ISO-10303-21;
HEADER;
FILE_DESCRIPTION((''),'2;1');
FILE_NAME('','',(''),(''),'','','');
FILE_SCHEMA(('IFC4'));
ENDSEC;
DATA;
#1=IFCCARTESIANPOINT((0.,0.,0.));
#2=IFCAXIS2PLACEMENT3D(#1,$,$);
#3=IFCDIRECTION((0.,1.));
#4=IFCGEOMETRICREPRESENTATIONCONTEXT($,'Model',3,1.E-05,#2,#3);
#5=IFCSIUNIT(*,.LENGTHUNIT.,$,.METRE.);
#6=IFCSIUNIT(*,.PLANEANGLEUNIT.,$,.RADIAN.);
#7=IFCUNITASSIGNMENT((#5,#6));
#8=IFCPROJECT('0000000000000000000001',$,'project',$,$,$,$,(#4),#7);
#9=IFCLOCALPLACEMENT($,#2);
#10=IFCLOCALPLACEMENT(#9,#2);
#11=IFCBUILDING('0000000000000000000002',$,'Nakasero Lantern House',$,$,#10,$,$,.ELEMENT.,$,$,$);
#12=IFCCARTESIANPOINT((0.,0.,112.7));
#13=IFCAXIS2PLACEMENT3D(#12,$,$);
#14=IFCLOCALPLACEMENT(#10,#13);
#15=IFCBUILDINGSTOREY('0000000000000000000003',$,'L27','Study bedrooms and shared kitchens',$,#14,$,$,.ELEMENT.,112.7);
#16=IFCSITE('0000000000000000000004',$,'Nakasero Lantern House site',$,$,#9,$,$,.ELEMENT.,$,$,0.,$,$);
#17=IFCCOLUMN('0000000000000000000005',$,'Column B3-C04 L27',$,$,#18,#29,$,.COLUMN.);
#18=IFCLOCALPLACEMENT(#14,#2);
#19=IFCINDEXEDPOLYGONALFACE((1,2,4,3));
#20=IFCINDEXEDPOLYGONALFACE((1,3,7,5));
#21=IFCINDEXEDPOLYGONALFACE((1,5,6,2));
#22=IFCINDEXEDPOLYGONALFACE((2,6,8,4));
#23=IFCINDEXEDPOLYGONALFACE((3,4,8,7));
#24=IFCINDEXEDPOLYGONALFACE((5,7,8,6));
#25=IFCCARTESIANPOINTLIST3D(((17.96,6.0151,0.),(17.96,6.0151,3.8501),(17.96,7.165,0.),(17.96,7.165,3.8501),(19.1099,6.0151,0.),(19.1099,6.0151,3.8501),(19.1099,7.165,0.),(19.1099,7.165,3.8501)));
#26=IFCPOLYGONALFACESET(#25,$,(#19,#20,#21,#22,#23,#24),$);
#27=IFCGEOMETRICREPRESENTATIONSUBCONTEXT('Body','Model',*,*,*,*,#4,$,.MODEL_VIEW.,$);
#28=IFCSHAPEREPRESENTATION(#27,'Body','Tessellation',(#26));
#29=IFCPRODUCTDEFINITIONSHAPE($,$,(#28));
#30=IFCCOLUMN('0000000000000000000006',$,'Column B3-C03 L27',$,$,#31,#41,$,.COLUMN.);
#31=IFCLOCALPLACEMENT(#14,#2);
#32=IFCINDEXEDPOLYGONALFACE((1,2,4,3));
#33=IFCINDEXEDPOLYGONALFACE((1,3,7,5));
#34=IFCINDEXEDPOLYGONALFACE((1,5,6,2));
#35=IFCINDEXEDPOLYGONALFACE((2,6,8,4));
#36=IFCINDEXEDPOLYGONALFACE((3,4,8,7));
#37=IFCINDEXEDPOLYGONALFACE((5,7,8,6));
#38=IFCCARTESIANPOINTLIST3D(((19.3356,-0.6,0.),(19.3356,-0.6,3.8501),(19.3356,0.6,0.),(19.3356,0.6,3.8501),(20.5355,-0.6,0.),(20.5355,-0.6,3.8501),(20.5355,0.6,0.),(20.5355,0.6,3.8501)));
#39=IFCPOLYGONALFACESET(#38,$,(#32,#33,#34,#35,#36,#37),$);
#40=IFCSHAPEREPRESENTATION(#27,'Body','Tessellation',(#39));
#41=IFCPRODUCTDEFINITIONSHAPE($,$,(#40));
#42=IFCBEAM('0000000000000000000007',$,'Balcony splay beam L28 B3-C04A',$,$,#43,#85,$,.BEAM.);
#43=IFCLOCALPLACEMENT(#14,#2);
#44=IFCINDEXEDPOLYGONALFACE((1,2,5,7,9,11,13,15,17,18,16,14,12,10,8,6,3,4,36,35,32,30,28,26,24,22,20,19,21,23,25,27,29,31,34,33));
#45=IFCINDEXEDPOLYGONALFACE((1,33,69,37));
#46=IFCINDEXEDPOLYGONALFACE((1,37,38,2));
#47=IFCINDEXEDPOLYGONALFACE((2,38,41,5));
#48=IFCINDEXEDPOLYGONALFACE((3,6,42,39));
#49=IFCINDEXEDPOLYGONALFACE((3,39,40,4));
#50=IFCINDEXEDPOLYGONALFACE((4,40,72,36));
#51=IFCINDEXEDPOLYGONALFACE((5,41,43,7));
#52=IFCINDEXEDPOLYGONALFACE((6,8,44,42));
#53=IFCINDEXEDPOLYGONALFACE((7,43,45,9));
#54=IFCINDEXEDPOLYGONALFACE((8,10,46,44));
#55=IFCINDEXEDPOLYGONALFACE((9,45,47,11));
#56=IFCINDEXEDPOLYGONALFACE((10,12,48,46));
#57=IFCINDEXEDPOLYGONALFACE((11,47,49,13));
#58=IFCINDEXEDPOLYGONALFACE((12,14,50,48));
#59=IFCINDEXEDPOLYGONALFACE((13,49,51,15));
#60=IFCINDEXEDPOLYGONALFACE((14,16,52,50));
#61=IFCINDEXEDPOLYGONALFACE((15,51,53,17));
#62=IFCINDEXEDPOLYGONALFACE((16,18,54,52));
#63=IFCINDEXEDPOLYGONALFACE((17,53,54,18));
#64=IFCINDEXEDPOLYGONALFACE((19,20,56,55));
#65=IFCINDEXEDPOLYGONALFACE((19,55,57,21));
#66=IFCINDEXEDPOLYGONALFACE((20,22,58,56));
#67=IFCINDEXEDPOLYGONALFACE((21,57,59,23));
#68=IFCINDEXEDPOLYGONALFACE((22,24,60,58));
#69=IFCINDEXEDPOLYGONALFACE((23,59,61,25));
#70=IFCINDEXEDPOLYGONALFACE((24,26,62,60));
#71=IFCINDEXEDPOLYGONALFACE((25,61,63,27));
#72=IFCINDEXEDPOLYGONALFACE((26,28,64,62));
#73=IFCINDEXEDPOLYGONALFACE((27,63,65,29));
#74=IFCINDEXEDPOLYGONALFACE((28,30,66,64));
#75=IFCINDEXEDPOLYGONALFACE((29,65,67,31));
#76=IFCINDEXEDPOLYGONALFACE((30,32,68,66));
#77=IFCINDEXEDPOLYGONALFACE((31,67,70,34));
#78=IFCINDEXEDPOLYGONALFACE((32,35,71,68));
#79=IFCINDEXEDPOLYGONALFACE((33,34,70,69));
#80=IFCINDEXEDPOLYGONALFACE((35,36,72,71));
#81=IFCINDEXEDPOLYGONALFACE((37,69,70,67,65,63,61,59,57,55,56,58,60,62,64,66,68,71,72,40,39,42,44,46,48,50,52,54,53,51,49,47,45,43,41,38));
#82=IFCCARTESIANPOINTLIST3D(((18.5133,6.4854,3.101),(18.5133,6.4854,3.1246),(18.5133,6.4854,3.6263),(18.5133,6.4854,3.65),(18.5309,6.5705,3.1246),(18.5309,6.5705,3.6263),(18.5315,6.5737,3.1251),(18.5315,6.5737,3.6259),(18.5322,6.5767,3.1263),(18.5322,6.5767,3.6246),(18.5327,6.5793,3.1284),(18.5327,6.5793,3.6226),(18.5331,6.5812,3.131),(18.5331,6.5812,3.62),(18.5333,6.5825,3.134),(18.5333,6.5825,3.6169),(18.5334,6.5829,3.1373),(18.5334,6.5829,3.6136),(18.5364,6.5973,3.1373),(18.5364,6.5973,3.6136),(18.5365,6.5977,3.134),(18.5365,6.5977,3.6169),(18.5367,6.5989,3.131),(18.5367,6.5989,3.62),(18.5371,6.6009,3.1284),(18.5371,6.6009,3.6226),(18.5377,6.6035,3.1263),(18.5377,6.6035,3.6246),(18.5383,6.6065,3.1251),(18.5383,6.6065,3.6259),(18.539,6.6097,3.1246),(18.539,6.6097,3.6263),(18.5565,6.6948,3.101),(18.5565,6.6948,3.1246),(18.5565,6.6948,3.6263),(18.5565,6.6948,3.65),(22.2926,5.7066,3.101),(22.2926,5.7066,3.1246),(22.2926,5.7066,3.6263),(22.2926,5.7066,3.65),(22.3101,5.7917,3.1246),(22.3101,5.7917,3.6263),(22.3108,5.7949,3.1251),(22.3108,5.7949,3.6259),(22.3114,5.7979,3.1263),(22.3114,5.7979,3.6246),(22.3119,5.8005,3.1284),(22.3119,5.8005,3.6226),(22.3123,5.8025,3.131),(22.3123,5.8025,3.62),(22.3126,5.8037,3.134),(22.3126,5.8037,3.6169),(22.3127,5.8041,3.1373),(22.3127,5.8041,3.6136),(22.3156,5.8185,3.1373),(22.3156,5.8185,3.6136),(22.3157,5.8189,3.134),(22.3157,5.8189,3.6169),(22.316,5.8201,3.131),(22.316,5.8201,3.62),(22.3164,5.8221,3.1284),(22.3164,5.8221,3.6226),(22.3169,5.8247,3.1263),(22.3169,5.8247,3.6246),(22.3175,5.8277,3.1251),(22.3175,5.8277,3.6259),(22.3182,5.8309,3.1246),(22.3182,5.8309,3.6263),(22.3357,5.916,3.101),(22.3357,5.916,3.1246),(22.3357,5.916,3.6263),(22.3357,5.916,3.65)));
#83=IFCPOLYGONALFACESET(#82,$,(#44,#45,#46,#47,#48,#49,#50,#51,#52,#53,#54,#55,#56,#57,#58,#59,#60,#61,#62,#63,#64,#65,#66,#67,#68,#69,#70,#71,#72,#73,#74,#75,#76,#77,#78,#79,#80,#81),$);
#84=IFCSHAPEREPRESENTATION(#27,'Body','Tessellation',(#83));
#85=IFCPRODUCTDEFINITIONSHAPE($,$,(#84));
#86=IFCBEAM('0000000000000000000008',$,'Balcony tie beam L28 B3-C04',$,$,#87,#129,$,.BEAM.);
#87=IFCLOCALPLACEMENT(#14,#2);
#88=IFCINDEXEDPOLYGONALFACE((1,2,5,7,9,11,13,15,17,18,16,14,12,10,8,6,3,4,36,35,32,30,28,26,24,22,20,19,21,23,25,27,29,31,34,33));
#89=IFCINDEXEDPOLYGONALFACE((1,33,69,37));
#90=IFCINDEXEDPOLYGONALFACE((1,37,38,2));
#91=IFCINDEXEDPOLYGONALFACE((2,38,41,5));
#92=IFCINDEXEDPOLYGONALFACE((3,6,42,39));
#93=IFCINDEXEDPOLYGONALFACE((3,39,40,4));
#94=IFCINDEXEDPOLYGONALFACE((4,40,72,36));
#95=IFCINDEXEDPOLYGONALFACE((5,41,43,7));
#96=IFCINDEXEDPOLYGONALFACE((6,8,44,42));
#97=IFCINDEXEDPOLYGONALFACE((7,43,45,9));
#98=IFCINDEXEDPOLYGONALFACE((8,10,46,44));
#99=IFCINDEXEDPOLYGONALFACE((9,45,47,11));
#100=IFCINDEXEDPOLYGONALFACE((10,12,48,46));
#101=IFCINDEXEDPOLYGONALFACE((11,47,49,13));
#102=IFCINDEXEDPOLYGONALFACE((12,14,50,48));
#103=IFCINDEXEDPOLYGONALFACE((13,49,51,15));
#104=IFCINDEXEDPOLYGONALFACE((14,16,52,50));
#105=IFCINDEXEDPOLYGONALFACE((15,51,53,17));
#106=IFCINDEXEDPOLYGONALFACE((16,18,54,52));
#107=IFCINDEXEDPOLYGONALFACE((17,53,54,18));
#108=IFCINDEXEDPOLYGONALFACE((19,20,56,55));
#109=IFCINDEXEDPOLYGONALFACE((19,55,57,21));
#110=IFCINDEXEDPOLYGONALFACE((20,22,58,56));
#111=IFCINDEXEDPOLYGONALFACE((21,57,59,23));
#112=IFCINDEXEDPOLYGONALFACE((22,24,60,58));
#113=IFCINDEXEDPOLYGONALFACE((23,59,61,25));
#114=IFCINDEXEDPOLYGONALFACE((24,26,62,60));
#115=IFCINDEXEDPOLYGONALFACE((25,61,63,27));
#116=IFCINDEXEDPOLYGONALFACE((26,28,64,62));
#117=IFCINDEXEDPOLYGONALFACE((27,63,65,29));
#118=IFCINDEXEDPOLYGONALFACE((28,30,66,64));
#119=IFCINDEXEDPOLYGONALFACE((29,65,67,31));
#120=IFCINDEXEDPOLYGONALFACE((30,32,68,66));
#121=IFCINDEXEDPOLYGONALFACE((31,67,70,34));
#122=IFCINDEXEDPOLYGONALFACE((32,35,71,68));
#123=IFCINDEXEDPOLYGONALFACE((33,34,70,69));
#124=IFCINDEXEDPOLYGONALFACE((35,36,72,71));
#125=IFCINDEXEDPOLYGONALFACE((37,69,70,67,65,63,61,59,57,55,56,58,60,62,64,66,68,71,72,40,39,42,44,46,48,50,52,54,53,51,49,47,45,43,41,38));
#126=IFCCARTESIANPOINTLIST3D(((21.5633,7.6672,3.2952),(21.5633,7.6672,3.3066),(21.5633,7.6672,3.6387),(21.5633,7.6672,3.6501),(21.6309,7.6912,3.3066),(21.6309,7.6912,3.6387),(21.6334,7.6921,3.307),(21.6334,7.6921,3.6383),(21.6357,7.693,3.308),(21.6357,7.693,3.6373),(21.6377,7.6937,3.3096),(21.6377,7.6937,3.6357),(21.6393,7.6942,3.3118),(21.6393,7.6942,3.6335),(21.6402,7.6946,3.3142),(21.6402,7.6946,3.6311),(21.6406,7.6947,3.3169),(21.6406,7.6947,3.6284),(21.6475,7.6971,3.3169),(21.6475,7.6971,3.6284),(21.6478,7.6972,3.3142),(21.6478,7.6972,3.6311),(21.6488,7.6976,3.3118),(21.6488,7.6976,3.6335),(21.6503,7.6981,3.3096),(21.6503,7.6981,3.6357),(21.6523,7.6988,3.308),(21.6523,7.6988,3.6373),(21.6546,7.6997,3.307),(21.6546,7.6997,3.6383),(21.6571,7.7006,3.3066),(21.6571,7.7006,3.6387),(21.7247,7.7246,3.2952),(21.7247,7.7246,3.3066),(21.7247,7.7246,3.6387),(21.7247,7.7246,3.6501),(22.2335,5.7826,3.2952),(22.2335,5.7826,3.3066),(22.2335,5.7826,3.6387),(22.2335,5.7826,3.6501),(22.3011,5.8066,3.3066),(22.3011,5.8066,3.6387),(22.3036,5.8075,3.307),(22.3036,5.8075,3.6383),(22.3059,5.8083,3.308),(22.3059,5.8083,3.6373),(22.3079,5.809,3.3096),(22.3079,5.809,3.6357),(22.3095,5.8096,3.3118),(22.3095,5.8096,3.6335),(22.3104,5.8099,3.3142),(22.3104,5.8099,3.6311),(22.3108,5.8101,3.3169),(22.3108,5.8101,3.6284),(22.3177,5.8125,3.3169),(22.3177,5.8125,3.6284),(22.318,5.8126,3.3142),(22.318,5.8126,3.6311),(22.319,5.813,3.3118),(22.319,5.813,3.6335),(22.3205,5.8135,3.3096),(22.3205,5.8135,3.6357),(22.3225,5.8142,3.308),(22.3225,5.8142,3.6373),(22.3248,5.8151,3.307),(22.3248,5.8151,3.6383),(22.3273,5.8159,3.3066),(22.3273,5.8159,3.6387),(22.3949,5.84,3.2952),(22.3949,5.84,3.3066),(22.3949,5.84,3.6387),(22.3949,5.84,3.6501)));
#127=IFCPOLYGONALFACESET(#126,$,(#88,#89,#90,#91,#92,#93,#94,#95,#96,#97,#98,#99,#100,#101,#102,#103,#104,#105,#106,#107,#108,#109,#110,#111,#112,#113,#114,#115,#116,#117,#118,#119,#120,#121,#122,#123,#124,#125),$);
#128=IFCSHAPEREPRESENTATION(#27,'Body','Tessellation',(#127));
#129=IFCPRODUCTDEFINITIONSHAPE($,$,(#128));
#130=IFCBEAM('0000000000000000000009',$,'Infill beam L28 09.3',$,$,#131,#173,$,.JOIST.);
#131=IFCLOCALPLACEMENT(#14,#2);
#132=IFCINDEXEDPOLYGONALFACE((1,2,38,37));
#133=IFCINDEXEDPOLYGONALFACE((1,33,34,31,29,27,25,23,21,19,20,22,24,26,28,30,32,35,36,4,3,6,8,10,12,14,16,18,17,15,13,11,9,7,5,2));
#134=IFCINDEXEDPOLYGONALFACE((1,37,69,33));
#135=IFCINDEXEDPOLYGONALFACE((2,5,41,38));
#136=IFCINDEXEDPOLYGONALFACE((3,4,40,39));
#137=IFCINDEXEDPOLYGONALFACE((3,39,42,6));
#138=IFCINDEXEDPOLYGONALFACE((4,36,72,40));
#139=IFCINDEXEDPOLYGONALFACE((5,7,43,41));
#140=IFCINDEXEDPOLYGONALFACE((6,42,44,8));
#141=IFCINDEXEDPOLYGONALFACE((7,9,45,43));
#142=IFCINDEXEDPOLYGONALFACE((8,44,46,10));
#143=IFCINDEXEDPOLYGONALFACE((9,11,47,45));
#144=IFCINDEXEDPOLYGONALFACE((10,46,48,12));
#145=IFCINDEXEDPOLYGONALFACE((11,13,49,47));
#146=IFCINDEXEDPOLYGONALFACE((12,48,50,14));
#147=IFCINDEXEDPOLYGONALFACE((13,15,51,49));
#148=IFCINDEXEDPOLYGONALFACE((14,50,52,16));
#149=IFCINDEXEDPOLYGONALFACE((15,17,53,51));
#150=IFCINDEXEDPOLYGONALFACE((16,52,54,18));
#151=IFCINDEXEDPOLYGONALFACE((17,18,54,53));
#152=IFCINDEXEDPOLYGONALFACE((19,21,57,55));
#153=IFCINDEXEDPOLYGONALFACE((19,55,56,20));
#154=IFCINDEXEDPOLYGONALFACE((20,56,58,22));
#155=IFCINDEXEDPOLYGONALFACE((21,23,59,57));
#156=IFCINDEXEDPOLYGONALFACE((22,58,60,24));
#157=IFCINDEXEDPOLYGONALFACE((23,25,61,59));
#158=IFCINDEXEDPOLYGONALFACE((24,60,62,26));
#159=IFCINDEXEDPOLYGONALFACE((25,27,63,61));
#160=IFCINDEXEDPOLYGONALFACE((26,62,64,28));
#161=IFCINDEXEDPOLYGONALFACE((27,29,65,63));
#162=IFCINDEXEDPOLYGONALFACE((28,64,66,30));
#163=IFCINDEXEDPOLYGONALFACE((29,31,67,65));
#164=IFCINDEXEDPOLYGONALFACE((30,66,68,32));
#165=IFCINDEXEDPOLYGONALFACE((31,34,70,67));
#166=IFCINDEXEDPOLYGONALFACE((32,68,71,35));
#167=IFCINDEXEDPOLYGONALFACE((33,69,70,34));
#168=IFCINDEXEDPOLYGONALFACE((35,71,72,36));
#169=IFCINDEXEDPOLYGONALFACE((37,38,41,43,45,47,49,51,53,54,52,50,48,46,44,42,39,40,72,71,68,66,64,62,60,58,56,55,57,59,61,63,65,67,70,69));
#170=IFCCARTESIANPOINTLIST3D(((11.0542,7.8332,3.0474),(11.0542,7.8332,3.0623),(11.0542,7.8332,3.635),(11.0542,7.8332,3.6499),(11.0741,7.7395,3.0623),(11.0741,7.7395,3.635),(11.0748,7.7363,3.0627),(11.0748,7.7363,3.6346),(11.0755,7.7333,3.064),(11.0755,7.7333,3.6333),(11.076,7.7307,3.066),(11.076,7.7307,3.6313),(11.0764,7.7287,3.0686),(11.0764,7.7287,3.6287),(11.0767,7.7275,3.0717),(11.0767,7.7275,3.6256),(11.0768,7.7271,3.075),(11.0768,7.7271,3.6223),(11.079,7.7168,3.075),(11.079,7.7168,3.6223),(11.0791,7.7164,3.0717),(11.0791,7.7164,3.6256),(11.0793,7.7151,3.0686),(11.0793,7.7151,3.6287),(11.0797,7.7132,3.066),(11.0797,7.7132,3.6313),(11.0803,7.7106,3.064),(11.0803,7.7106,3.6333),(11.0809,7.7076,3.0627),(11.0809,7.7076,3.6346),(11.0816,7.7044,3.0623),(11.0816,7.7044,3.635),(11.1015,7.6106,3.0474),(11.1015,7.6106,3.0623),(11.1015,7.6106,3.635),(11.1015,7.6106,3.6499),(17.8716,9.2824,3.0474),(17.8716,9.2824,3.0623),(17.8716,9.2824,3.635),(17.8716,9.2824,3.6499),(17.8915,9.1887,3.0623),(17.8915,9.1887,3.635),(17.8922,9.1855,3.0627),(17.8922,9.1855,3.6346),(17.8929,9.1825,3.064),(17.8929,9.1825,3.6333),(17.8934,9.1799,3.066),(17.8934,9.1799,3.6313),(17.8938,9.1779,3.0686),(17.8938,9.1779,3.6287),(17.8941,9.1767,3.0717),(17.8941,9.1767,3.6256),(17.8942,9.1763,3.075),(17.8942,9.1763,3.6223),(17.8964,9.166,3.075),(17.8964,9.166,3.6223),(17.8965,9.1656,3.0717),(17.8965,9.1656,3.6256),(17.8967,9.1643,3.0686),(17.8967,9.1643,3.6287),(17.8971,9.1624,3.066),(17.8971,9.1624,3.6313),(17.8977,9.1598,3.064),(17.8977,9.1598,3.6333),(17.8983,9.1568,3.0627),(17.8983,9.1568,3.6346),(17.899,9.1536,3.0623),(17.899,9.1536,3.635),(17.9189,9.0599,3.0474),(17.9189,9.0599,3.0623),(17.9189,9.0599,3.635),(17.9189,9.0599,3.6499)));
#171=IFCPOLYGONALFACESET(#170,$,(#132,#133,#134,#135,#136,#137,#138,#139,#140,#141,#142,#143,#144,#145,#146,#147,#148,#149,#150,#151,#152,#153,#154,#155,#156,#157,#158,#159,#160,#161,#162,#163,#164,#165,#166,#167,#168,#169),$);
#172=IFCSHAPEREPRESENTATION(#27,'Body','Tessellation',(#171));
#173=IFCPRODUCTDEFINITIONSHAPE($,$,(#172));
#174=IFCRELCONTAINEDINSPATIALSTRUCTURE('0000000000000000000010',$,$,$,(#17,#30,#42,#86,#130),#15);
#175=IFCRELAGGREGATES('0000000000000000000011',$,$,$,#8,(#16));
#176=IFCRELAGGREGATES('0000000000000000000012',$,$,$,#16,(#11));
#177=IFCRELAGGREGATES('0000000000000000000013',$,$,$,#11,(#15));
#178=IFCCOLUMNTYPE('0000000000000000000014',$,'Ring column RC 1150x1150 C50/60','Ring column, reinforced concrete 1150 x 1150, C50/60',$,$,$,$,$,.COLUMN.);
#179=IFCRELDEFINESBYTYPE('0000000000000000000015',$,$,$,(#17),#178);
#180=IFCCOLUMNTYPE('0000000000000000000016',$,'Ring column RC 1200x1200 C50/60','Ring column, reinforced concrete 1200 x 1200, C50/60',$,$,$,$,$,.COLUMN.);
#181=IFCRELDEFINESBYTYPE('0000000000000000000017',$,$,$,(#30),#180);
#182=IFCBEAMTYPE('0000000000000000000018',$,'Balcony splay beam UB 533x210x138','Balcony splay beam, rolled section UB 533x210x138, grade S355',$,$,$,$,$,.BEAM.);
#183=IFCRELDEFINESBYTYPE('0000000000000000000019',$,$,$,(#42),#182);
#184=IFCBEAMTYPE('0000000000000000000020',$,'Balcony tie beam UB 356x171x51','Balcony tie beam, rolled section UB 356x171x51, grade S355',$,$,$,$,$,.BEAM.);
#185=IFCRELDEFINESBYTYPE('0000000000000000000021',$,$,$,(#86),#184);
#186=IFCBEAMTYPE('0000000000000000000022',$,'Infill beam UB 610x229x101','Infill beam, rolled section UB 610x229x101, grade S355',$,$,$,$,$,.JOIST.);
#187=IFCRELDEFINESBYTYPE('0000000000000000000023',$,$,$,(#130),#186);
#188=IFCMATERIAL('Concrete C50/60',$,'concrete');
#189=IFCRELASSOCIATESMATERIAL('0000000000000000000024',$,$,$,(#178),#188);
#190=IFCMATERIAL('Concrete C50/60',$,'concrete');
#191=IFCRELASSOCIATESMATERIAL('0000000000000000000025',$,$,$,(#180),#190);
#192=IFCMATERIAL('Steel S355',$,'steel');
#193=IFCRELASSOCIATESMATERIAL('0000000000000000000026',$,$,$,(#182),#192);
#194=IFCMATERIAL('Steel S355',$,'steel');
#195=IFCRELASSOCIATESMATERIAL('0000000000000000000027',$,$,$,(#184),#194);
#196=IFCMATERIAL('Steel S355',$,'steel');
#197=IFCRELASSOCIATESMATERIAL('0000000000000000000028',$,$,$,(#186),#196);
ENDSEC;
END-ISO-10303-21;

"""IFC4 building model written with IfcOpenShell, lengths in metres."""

from ifc_helpers import new_model, si_unit, direction, frame, origin, origin_2d, place, context, subcontext, project, spatial, rectangle, i_section, extrude, material, material_profile, profile_set, type_object, element, save


model = new_model("IFC4")

# Units and contexts
model_context = context("Model", 3, precision=1e-05, world=origin(), true_north=direction((0.0, 1.0)))
body_context = subcontext(model_context, "Body", "Model", "MODEL_VIEW")
ifc_project = project(units=[si_unit("LENGTHUNIT", "METRE"), si_unit("PLANEANGLEUNIT", "RADIAN")], contexts=[model_context])

# Site, building, storey
site_placement = place(None, origin())
site = spatial("IfcSite", under=ifc_project, at=site_placement, Name="Nakasero Lantern House site", CompositionType="ELEMENT", RefElevation=0.0)
building_placement = place(site_placement, origin())
building = spatial("IfcBuilding", under=site, at=building_placement, Name="Nakasero Lantern House", CompositionType="ELEMENT")
storey_placement = place(building_placement, frame((0.0, 0.0, 112.7)))
storey = spatial("IfcBuildingStorey", under=building, at=storey_placement, Name="L27", Description="Study bedrooms and shared kitchens", CompositionType="ELEMENT", Elevation=112.7)

# Columns
ifc_material_1 = material(Name="Concrete C50/60", Category="concrete")
ifc_material_profile_1 = material_profile(ifc_material_1, rectangle(XDim=1.1499, YDim=1.1499, at=origin_2d()), Name="RC 1150x1150")
ifc_profile_set_1 = profile_set([ifc_material_profile_1], Name="Concrete C50/60")
column_type_1 = type_object("IfcColumnType", Name="Ring column RC 1150x1150 C50/60", Description="Ring column, reinforced concrete 1150 x 1150, C50/60", PredefinedType="COLUMN", material=ifc_profile_set_1)
column_1_placement = place(storey_placement, frame((18.5349, 6.5901, 0.0), z_axis=(0.0, 0.0, 1.0), x_axis=(1.0, 0.0, 0.0)))
element("IfcColumn", 1, at=column_1_placement, inside=storey, type_object=column_type_1, Name="Column B3-C04 L27", PredefinedType="COLUMN", context=body_context, shape_type="SweptSolid", body=[
    extrude(rectangle(XDim=1.1499, YDim=1.1499, at=origin_2d()), origin(), (0.0, 0.0, 1.0), 3.8501),
])
ifc_material_2 = material(Name="Concrete C50/60", Category="concrete")
ifc_material_profile_2 = material_profile(ifc_material_2, rectangle(XDim=1.2, YDim=1.2, at=origin_2d()), Name="RC 1200x1200")
ifc_profile_set_2 = profile_set([ifc_material_profile_2], Name="Concrete C50/60")
column_type_2 = type_object("IfcColumnType", Name="Ring column RC 1200x1200 C50/60", Description="Ring column, reinforced concrete 1200 x 1200, C50/60", PredefinedType="COLUMN", material=ifc_profile_set_2)
column_2_placement = place(storey_placement, frame((19.9355, 0.0, 0.0), z_axis=(0.0, 0.0, 1.0), x_axis=(1.0, 0.0, 0.0)))
element("IfcColumn", 2, at=column_2_placement, inside=storey, type_object=column_type_2, Name="Column B3-C03 L27", PredefinedType="COLUMN", context=body_context, shape_type="SweptSolid", body=[
    extrude(rectangle(XDim=1.2, YDim=1.2, at=origin_2d()), origin(), (0.0, 0.0, 1.0), 3.8501),
])

# Beams
ifc_material_3 = material(Name="Steel S355", Category="steel")
ifc_material_profile_3 = material_profile(ifc_material_3, i_section(OverallWidth=0.2139, OverallDepth=0.5491, WebThickness=0.0146, FlangeThickness=0.0237, FilletRadius=0.0127, at=origin_2d()), Name="UB 533x210x138")
ifc_profile_set_3 = profile_set([ifc_material_profile_3], Name="Steel S355")
beam_type_1 = type_object("IfcBeamType", Name="Balcony splay beam UB 533x210x138", Description="Balcony splay beam, rolled section UB 533x210x138, grade S355", PredefinedType="BEAM", material=ifc_profile_set_3)
beam_1_placement = place(storey_placement, frame((18.5349, 6.5901, 3.3755), z_axis=(0.97942, -0.201831, 0.0), x_axis=(0.201831, 0.97942, 0.0)))
element("IfcBeam", 3, at=beam_1_placement, inside=storey, type_object=beam_type_1, Name="Balcony splay beam L28 B3-C04A", PredefinedType="BEAM", context=body_context, shape_type="SweptSolid", body=[
    extrude(i_section(OverallWidth=0.2139, OverallDepth=0.5491, WebThickness=0.0146, FlangeThickness=0.0237, FilletRadius=0.0127, at=origin_2d()), origin(), (0.0, 0.0, 1.0), 3.8586),
])
ifc_material_4 = material(Name="Steel S355", Category="steel")
ifc_material_profile_4 = material_profile(ifc_material_4, i_section(OverallWidth=0.1714, OverallDepth=0.355, WebThickness=0.0073, FlangeThickness=0.0115, FilletRadius=0.0103, at=origin_2d()), Name="UB 356x171x51")
ifc_profile_set_4 = profile_set([ifc_material_profile_4], Name="Steel S355")
beam_type_2 = type_object("IfcBeamType", Name="Balcony tie beam UB 356x171x51", Description="Balcony tie beam, rolled section UB 356x171x51, grade S355", PredefinedType="BEAM", material=ifc_profile_set_4)
beam_2_placement = place(storey_placement, frame((22.3142, 5.8113, 3.4727), z_axis=(-0.33506, 0.942197, 0.0), x_axis=(-0.942197, -0.33506, 0.0)))
element("IfcBeam", 4, at=beam_2_placement, inside=storey, type_object=beam_type_2, Name="Balcony tie beam L28 B3-C04", PredefinedType="BEAM", context=body_context, shape_type="SweptSolid", body=[
    extrude(i_section(OverallWidth=0.1714, OverallDepth=0.355, WebThickness=0.0073, FlangeThickness=0.0115, FilletRadius=0.0103, at=origin_2d()), origin(), (0.0, 0.0, 1.0), 2.0002),
])
ifc_material_5 = material(Name="Steel S355", Category="steel")
ifc_material_profile_5 = material_profile(ifc_material_5, i_section(OverallWidth=0.2275, OverallDepth=0.6025, WebThickness=0.0105, FlangeThickness=0.0149, FilletRadius=0.0127, at=origin_2d()), Name="UB 610x229x101")
ifc_profile_set_5 = profile_set([ifc_material_profile_5], Name="Steel S355")
beam_type_3 = type_object("IfcBeamType", Name="Infill beam UB 610x229x101", Description="Infill beam, rolled section UB 610x229x101, grade S355", PredefinedType="JOIST", material=ifc_profile_set_5)
beam_3_placement = place(storey_placement, frame((11.0779, 7.7219, 3.3486), z_axis=(0.978144, 0.207931, 0.0), x_axis=(-0.207931, 0.978144, 0.0)))
element("IfcBeam", 5, at=beam_3_placement, inside=storey, type_object=beam_type_3, Name="Infill beam L28 09.3", PredefinedType="JOIST", context=body_context, shape_type="SweptSolid", body=[
    extrude(i_section(OverallWidth=0.2275, OverallDepth=0.6025, WebThickness=0.0105, FlangeThickness=0.0149, FilletRadius=0.0127, at=origin_2d()), origin(), (0.0, 0.0, 1.0), 6.9697),
])

save(model, "model.ifc")
